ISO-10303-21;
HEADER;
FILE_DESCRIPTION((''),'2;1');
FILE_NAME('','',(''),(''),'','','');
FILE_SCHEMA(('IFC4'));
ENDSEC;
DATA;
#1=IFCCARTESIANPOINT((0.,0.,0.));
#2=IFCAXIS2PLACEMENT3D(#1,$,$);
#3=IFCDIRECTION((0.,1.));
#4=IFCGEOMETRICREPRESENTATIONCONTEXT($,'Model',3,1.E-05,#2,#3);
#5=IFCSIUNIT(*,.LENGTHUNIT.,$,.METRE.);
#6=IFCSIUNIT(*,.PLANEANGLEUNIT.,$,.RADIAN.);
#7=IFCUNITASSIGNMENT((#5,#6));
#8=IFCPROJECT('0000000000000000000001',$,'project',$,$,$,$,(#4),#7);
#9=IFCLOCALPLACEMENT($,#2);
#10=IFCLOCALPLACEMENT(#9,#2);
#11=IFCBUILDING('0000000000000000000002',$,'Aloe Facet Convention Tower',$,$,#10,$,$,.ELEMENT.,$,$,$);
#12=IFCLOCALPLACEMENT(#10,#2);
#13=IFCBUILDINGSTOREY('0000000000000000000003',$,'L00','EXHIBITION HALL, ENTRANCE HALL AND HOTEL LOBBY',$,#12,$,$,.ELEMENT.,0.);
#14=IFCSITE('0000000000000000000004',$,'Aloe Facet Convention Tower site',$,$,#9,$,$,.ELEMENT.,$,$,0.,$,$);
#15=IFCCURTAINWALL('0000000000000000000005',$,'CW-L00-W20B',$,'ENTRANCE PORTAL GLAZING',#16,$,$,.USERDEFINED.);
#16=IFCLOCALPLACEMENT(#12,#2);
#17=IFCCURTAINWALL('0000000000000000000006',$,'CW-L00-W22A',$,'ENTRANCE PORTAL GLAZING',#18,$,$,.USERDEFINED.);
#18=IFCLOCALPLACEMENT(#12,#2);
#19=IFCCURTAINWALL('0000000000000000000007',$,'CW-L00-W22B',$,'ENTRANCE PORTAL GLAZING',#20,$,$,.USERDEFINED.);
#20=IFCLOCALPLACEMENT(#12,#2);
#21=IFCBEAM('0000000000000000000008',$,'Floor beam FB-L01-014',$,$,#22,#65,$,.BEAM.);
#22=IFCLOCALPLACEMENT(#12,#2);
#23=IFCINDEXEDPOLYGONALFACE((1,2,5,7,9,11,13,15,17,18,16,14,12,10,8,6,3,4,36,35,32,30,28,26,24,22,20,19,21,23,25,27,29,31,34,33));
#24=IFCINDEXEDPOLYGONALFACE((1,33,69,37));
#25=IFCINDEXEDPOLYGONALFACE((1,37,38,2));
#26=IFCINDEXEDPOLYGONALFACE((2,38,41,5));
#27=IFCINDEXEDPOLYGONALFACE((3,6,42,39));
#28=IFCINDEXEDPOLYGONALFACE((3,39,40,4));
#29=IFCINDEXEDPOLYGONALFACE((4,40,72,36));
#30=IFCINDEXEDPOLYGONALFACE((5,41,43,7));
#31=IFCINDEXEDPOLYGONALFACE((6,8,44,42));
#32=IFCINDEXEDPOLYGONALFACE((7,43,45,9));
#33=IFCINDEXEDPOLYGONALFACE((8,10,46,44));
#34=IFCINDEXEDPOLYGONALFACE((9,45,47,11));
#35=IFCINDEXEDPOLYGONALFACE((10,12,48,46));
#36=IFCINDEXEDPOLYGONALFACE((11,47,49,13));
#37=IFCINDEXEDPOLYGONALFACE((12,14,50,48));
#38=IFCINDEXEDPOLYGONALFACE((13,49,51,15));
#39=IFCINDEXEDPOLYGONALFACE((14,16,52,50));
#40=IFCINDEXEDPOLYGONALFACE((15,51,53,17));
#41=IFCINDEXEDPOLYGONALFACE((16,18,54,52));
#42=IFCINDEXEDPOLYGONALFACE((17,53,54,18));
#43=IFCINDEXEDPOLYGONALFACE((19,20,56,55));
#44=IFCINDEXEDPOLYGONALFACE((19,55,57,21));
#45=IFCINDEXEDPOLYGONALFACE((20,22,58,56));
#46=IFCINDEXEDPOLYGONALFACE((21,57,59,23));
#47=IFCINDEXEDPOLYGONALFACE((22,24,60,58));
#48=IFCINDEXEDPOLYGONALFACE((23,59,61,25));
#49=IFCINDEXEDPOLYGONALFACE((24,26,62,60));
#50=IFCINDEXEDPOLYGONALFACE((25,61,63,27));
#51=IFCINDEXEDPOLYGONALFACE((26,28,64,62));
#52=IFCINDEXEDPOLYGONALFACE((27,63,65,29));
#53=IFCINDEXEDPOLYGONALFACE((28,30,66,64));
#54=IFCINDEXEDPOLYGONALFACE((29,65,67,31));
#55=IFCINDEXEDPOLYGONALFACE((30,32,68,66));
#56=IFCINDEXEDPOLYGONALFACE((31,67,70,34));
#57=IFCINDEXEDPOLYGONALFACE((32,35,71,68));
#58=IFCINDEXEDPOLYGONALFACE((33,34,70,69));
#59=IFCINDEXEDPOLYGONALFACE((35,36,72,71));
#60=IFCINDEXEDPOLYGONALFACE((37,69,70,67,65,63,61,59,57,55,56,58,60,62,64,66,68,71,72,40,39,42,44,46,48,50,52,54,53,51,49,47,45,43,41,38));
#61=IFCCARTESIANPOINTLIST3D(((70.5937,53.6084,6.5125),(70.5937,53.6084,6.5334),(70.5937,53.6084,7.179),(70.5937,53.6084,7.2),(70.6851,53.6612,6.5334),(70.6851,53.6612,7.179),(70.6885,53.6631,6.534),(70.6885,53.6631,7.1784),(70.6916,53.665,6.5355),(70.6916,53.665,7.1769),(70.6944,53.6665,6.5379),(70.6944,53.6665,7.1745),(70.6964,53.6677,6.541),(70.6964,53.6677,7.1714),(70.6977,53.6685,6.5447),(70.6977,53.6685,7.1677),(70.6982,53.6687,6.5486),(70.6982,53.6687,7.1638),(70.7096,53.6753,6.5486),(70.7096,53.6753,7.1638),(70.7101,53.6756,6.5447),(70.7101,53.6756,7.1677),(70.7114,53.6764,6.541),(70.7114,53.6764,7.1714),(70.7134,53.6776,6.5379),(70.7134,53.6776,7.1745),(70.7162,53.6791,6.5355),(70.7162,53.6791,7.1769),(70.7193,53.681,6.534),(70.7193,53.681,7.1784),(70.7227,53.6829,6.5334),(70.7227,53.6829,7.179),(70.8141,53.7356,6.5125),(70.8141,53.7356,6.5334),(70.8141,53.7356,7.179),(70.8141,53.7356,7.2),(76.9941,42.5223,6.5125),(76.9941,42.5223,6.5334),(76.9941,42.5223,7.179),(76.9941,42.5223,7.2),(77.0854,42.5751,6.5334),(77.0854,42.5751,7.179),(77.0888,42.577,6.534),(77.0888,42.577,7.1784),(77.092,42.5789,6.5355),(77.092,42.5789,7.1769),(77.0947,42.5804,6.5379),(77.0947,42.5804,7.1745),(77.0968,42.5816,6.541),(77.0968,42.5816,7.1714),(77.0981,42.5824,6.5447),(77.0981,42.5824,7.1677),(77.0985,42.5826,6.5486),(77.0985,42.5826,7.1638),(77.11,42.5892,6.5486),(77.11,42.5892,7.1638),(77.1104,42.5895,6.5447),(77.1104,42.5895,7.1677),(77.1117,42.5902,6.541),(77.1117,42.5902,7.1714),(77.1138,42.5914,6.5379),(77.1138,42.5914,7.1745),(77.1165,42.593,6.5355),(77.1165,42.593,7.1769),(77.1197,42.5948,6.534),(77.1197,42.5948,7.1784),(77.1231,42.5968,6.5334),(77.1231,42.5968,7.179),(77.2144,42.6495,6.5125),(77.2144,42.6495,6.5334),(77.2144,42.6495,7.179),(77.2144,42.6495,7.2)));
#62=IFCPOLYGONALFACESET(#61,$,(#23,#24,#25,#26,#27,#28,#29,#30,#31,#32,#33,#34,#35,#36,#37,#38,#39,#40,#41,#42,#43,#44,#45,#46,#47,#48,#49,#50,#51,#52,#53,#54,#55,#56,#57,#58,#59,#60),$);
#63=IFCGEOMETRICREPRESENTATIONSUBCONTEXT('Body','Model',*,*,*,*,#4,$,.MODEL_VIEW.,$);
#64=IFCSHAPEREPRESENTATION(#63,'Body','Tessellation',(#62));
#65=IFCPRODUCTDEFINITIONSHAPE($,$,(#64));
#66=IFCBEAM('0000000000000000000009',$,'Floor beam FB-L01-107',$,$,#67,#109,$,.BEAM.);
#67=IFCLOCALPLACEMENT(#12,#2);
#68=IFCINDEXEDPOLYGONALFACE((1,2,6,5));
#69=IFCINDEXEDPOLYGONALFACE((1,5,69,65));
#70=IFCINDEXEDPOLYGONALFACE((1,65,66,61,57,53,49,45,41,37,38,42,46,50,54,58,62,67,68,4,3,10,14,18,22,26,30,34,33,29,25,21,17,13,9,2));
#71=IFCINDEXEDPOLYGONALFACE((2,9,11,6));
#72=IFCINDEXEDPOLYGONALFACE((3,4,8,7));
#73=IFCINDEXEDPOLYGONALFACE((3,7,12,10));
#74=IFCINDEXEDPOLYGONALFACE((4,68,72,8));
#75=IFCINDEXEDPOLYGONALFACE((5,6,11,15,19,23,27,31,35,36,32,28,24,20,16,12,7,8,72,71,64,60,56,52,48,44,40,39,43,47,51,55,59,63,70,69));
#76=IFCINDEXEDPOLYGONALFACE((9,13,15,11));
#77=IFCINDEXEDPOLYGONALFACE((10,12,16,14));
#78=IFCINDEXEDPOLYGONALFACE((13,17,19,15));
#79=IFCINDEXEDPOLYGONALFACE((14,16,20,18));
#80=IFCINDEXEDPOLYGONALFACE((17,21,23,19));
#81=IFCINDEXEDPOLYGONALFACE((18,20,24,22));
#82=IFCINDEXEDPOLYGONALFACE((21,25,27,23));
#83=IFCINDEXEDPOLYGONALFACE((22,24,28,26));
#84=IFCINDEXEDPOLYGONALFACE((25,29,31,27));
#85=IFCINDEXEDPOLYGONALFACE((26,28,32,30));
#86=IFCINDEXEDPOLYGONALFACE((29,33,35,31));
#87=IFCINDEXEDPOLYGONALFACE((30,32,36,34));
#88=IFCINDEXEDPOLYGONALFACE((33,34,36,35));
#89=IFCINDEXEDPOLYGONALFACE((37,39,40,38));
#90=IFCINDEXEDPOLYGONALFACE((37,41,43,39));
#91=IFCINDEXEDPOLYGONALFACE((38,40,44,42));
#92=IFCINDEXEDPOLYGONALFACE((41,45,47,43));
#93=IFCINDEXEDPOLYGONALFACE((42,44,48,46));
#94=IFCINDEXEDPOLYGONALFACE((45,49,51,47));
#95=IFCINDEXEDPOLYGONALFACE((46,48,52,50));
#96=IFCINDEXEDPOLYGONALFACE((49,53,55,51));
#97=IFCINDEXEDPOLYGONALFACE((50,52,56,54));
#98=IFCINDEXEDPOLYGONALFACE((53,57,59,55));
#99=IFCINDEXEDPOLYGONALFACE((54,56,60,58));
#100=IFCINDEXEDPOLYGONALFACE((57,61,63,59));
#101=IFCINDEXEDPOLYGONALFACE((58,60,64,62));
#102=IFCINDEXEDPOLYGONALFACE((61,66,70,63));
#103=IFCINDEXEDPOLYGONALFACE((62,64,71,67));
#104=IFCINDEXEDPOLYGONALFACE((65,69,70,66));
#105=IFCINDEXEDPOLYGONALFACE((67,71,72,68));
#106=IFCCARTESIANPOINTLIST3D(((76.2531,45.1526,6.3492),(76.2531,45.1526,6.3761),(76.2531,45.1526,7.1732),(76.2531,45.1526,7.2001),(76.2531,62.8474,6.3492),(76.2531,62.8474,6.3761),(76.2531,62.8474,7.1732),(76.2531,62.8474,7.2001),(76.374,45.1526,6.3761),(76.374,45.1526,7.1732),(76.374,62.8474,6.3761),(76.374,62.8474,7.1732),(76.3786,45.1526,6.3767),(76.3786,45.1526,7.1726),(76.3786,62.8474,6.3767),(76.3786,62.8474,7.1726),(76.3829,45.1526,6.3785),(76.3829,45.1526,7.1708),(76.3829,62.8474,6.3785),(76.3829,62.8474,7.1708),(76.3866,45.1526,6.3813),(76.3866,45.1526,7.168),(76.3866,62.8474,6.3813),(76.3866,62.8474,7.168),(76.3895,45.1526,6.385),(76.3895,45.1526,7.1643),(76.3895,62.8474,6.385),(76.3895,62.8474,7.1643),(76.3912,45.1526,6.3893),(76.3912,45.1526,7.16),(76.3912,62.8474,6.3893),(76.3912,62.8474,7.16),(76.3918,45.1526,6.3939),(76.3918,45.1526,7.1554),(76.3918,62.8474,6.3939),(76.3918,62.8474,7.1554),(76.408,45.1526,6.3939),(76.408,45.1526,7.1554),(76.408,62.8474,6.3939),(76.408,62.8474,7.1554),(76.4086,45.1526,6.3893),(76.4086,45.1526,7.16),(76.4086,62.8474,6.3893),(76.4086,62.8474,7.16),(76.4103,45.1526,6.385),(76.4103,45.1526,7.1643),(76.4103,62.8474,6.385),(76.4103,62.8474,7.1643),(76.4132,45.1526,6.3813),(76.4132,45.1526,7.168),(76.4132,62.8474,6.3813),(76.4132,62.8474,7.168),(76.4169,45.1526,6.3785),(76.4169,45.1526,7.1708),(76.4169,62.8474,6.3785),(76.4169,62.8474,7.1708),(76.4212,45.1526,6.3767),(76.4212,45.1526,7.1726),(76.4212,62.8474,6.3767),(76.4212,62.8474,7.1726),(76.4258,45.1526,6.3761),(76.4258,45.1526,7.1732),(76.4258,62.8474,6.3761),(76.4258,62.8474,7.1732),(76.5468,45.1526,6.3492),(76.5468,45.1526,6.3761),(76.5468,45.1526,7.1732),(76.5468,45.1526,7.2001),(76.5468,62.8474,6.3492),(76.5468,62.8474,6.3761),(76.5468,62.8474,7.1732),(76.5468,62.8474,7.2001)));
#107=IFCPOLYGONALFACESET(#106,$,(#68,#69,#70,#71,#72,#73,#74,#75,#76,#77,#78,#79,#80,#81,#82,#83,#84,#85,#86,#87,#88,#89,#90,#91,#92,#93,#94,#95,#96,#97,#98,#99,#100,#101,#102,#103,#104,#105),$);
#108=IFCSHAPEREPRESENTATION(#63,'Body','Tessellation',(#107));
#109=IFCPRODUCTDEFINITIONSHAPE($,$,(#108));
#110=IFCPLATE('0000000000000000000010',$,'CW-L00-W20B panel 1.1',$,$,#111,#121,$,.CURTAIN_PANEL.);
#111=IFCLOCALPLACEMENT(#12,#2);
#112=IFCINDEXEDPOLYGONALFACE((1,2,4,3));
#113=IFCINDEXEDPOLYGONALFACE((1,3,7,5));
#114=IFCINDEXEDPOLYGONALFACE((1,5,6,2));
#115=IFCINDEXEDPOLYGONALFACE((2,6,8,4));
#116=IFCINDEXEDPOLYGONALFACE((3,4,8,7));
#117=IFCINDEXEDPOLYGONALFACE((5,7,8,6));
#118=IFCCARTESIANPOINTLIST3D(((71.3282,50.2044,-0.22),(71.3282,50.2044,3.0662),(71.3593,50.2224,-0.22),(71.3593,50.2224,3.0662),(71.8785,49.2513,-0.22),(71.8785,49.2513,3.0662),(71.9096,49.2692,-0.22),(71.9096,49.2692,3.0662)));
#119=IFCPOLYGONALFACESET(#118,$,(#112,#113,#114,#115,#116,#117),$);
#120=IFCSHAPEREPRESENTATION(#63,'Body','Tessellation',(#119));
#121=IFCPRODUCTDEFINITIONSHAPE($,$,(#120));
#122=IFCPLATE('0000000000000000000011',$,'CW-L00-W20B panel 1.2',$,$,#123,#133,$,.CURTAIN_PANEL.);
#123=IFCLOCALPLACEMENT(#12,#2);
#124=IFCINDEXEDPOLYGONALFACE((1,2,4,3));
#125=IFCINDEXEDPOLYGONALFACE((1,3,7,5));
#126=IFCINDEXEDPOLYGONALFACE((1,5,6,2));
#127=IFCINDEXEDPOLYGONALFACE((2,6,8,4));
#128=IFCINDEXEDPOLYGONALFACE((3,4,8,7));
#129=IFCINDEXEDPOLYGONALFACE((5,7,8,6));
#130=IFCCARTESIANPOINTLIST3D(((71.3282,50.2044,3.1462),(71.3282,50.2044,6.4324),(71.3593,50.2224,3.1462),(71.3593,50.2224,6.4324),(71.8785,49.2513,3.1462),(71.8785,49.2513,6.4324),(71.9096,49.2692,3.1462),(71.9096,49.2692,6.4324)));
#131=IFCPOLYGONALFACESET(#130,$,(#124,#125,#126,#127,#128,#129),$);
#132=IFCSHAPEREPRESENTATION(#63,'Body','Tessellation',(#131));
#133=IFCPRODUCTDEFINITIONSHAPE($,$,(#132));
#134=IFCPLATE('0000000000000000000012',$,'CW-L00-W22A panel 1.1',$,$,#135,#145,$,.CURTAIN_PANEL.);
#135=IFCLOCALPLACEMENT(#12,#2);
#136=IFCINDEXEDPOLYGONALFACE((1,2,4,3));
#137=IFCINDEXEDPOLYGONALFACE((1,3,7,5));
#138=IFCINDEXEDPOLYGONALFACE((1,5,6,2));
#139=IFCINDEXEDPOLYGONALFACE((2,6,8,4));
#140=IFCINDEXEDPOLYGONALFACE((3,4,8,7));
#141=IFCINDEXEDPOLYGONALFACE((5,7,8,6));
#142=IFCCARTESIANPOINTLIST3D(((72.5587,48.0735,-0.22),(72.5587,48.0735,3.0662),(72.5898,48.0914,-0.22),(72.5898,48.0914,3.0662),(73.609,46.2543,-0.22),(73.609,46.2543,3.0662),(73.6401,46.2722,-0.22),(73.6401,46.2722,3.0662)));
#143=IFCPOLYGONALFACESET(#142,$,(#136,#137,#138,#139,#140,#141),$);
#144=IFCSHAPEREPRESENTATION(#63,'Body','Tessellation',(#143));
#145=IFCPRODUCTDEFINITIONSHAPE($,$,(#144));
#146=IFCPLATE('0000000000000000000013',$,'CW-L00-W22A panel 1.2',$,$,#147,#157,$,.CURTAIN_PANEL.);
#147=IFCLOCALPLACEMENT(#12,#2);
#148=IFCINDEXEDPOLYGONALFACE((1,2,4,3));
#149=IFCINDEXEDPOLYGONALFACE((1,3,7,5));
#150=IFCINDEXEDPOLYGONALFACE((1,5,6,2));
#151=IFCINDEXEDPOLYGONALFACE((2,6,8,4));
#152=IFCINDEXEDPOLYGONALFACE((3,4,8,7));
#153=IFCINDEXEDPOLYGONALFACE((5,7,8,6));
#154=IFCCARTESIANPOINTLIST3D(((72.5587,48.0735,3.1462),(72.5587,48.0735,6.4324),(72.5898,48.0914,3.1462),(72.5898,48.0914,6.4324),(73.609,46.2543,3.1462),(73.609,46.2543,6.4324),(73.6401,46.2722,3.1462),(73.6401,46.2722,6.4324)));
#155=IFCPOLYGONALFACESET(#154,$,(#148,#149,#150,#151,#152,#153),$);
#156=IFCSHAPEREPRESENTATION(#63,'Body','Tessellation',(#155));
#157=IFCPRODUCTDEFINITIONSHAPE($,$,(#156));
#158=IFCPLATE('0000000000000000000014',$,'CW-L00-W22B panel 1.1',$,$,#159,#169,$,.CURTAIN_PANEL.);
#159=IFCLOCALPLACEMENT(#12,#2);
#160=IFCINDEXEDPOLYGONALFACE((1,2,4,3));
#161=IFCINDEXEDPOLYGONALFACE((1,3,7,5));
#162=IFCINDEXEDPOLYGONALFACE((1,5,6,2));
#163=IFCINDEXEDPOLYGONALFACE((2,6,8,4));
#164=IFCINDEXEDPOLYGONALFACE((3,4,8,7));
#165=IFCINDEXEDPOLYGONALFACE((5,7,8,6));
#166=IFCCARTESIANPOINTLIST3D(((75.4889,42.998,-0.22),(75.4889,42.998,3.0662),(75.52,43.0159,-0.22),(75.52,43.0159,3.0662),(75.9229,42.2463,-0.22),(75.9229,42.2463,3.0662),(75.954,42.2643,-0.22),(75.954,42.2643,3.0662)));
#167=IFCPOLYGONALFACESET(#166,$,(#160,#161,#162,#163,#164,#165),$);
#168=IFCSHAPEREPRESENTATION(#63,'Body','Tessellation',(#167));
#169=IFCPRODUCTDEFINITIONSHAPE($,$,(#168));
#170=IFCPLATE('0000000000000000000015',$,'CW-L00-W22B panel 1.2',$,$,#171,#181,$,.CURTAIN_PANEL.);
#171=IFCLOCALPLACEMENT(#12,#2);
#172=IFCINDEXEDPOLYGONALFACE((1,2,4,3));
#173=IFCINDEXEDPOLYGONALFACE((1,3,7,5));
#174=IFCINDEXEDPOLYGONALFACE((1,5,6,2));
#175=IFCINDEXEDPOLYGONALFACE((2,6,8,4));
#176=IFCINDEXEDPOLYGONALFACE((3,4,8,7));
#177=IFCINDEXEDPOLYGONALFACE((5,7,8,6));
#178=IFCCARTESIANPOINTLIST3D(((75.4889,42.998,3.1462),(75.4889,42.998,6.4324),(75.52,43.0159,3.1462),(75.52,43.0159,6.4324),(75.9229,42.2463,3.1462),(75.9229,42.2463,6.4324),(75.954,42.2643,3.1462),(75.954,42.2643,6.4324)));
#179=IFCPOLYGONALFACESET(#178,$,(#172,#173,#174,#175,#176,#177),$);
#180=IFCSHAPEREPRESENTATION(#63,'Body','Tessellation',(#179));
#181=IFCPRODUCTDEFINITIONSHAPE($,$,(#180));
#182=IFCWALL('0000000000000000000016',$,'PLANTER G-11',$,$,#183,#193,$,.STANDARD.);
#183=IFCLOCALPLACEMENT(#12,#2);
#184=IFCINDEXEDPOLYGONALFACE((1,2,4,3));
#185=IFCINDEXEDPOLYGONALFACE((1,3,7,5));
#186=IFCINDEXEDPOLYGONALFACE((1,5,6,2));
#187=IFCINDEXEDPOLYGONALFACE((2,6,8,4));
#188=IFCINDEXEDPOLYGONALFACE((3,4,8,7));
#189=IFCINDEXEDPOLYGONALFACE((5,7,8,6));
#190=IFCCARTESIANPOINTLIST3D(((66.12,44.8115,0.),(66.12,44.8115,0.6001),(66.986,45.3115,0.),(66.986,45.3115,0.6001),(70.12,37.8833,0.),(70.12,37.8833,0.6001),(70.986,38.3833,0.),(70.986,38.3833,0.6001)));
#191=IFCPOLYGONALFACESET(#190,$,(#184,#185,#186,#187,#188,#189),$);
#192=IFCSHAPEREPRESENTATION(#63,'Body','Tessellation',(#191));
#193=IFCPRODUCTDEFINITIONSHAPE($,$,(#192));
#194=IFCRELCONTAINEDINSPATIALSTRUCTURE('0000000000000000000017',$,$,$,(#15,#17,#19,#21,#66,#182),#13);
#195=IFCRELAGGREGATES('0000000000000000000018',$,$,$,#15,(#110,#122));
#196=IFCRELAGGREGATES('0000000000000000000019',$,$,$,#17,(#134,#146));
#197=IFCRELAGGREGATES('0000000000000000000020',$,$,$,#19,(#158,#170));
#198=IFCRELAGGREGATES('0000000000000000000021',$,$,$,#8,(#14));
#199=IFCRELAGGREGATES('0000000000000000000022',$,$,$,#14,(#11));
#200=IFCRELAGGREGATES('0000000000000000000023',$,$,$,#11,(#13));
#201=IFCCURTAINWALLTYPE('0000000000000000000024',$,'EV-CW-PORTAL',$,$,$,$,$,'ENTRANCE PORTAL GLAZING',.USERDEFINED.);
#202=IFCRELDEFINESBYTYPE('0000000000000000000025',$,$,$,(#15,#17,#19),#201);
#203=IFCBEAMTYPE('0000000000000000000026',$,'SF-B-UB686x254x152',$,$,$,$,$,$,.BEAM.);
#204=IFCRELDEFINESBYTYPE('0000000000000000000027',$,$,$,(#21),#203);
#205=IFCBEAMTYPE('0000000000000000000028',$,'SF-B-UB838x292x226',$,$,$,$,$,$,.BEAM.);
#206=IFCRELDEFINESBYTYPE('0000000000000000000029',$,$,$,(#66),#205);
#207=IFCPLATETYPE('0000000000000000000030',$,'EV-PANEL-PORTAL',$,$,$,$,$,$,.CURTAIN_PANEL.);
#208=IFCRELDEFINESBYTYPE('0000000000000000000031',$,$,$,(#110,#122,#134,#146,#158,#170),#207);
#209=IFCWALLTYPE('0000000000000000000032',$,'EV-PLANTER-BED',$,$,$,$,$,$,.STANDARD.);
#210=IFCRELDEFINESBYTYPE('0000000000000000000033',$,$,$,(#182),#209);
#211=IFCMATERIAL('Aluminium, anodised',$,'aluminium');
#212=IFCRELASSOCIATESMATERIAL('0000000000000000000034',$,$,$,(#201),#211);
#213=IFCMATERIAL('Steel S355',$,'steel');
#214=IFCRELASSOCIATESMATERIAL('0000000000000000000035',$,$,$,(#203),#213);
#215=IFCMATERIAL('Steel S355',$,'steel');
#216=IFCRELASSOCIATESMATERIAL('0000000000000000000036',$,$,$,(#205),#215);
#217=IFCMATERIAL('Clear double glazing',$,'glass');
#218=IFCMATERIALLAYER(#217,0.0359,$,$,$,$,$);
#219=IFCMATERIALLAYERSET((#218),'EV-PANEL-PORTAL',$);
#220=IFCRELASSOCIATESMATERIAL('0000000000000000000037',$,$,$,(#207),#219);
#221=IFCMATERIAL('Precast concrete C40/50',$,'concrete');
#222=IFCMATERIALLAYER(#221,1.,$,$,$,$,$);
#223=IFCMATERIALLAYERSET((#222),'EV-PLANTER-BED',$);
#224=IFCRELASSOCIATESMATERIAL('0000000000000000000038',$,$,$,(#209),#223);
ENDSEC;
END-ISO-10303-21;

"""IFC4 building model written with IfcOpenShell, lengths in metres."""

from ifc_helpers import new_model, si_unit, direction, frame, frame_2d, origin, origin_2d, place, context, subcontext, project, spatial, rectangle, i_section, extrude, material, layer, layer_set, material_profile, profile_set, type_object, element, aggregate, save


model = new_model("IFC4")

# Units and contexts
model_context = context("Model", 3, precision=1e-05, world=origin(), true_north=direction((0.0, 1.0)))
body_context = subcontext(model_context, "Body", "Model", "MODEL_VIEW")
ifc_project = project(units=[si_unit("LENGTHUNIT", "METRE"), si_unit("PLANEANGLEUNIT", "RADIAN")], contexts=[model_context])

# Site, building, storey
site_placement = place(None, origin())
site = spatial("IfcSite", under=ifc_project, at=site_placement, Name="Aloe Facet Convention Tower site", CompositionType="ELEMENT", RefElevation=0.0)
building_placement = place(site_placement, origin())
building = spatial("IfcBuilding", under=site, at=building_placement, Name="Aloe Facet Convention Tower", CompositionType="ELEMENT")
storey_placement = place(building_placement, origin())
storey = spatial("IfcBuildingStorey", under=building, at=storey_placement, Name="L00", Description="EXHIBITION HALL, ENTRANCE HALL AND HOTEL LOBBY", CompositionType="ELEMENT", Elevation=0.0)

# Curtain wall
ifc_material_1 = material(Name="Aluminium, anodised", Category="aluminium")
curtain_wall_type = type_object("IfcCurtainWallType", Name="EV-CW-PORTAL", ElementType="ENTRANCE PORTAL GLAZING", PredefinedType="USERDEFINED", material=ifc_material_1)
curtain_wall_1_placement = place(storey_placement, origin())
curtain_wall_1 = element("IfcCurtainWall", 1, at=curtain_wall_1_placement, inside=storey, type_object=curtain_wall_type, Name="CW-L00-W20B", ObjectType="ENTRANCE PORTAL GLAZING", PredefinedType="USERDEFINED")

# Curtain walls
curtain_wall_2_placement = place(storey_placement, origin())
curtain_wall_2 = element("IfcCurtainWall", 2, at=curtain_wall_2_placement, inside=storey, type_object=curtain_wall_type, Name="CW-L00-W22A", ObjectType="ENTRANCE PORTAL GLAZING", PredefinedType="USERDEFINED")
curtain_wall_3_placement = place(storey_placement, origin())
curtain_wall_3 = element("IfcCurtainWall", 3, at=curtain_wall_3_placement, inside=storey, type_object=curtain_wall_type, Name="CW-L00-W22B", ObjectType="ENTRANCE PORTAL GLAZING", PredefinedType="USERDEFINED")

# Beams
ifc_material_2 = material(Name="Steel S355", Category="steel")
ifc_material_profile_1 = material_profile(ifc_material_2, i_section(OverallWidth=0.2544, OverallDepth=0.6875, WebThickness=0.0132, FlangeThickness=0.021, FilletRadius=0.0151, at=origin_2d()), Name="UB 686x254x152")
ifc_profile_set_1 = profile_set([ifc_material_profile_1], Name="Steel S355")
beam_type_1 = type_object("IfcBeamType", Name="SF-B-UB686x254x152", PredefinedType="BEAM", material=ifc_profile_set_1)
beam_1_placement = place(storey_placement, frame((77.1042, 42.5859, 6.8562), z_axis=(-0.499987, 0.866033, 0.0), x_axis=(-0.866033, -0.499987, 0.0)))
element("IfcBeam", 4, at=beam_1_placement, inside=storey, type_object=beam_type_1, Name="Floor beam FB-L01-014", PredefinedType="BEAM", context=body_context, shape_type="SweptSolid", body=[
    extrude(i_section(OverallWidth=0.2544, OverallDepth=0.6875, WebThickness=0.0132, FlangeThickness=0.021, FilletRadius=0.0151, at=origin_2d()), origin(), (0.0, 0.0, 1.0), 12.801),
])
ifc_material_3 = material(Name="Steel S355", Category="steel")
ifc_material_profile_2 = material_profile(ifc_material_3, i_section(OverallWidth=0.2937, OverallDepth=0.8508, WebThickness=0.0161, FlangeThickness=0.0269, FilletRadius=0.0178, at=origin_2d()), Name="UB 838x292x226")
ifc_profile_set_2 = profile_set([ifc_material_profile_2], Name="Steel S355")
beam_type_2 = type_object("IfcBeamType", Name="SF-B-UB838x292x226", PredefinedType="BEAM", material=ifc_profile_set_2)
beam_2_placement = place(storey_placement, frame((76.3999, 45.1526, 6.7747), z_axis=(0.0, 1.0, 0.0), x_axis=(-1.0, 0.0, 0.0)))
element("IfcBeam", 5, at=beam_2_placement, inside=storey, type_object=beam_type_2, Name="Floor beam FB-L01-107", PredefinedType="BEAM", context=body_context, shape_type="SweptSolid", body=[
    extrude(i_section(OverallWidth=0.2937, OverallDepth=0.8508, WebThickness=0.0161, FlangeThickness=0.0269, FilletRadius=0.0178, at=origin_2d()), origin(), (0.0, 0.0, 1.0), 17.6948),
])

# Plates
ifc_material_4 = material(Name="Clear double glazing", Category="glass")
ifc_layer_1 = layer(ifc_material_4, 0.0359)
ifc_layer_set_1 = layer_set([ifc_layer_1], Name="EV-PANEL-PORTAL")
plate_type = type_object("IfcPlateType", Name="EV-PANEL-PORTAL", PredefinedType="CURTAIN_PANEL", material=ifc_layer_set_1)
plate_1_placement = place(storey_placement, frame((71.6189, 49.7368, -0.22), z_axis=(0.0, 0.0, 1.0), x_axis=(0.5, -0.866025, 0.0)))
plate_1 = element("IfcPlate", 6, at=plate_1_placement, type_object=plate_type, Name="CW-L00-W20B panel 1.1", PredefinedType="CURTAIN_PANEL", context=body_context, shape_type="SweptSolid", body=[
    extrude(rectangle(XDim=1.1006, YDim=0.0359, at=origin_2d()), origin(), (0.0, 0.0, 1.0), 3.2861),
])
plate_2_placement = place(storey_placement, frame((71.6189, 49.7368, 3.1462), z_axis=(0.0, 0.0, 1.0), x_axis=(0.5, -0.866025, 0.0)))
plate_2 = element("IfcPlate", 7, at=plate_2_placement, type_object=plate_type, Name="CW-L00-W20B panel 1.2", PredefinedType="CURTAIN_PANEL", context=body_context, shape_type="SweptSolid", body=[
    extrude(rectangle(XDim=1.1006, YDim=0.0359, at=origin_2d()), origin(), (0.0, 0.0, 1.0), 3.2861),
])
aggregate(curtain_wall_1, [plate_1, plate_2])
plate_3_placement = place(storey_placement, frame((73.0994, 47.1729, -0.22), z_axis=(0.0, 0.0, 1.0), x_axis=(0.5, -0.866025, 0.0)))
plate_3 = element("IfcPlate", 8, at=plate_3_placement, type_object=plate_type, Name="CW-L00-W22A panel 1.1", PredefinedType="CURTAIN_PANEL", context=body_context, shape_type="SweptSolid", body=[
    extrude(rectangle(XDim=2.1006, YDim=0.0359, at=origin_2d()), origin(), (0.0, 0.0, 1.0), 3.2861),
])
plate_4_placement = place(storey_placement, frame((73.0994, 47.1729, 3.1462), z_axis=(0.0, 0.0, 1.0), x_axis=(0.5, -0.866025, 0.0)))
plate_4 = element("IfcPlate", 9, at=plate_4_placement, type_object=plate_type, Name="CW-L00-W22A panel 1.2", PredefinedType="CURTAIN_PANEL", context=body_context, shape_type="SweptSolid", body=[
    extrude(rectangle(XDim=2.1006, YDim=0.0359, at=origin_2d()), origin(), (0.0, 0.0, 1.0), 3.2861),
])
aggregate(curtain_wall_2, [plate_3, plate_4])
plate_5_placement = place(storey_placement, frame((75.7214, 42.6311, -0.22), z_axis=(0.0, 0.0, 1.0), x_axis=(0.5, -0.866025, 0.0)))
plate_5 = element("IfcPlate", 10, at=plate_5_placement, type_object=plate_type, Name="CW-L00-W22B panel 1.1", PredefinedType="CURTAIN_PANEL", context=body_context, shape_type="SweptSolid", body=[
    extrude(rectangle(XDim=0.8679, YDim=0.0359, at=origin_2d()), origin(), (0.0, 0.0, 1.0), 3.2861),
])
plate_6_placement = place(storey_placement, frame((75.7214, 42.6311, 3.1462), z_axis=(0.0, 0.0, 1.0), x_axis=(0.5, -0.866025, 0.0)))
plate_6 = element("IfcPlate", 11, at=plate_6_placement, type_object=plate_type, Name="CW-L00-W22B panel 1.2", PredefinedType="CURTAIN_PANEL", context=body_context, shape_type="SweptSolid", body=[
    extrude(rectangle(XDim=0.8679, YDim=0.0359, at=origin_2d()), origin(), (0.0, 0.0, 1.0), 3.2861),
])
aggregate(curtain_wall_3, [plate_5, plate_6])

# Wall
ifc_material_5 = material(Name="Precast concrete C40/50", Category="concrete")
ifc_layer_2 = layer(ifc_material_5, 1.0)
ifc_layer_set_2 = layer_set([ifc_layer_2], Name="EV-PLANTER-BED")
wall_type_1 = type_object("IfcWallType", Name="EV-PLANTER-BED", PredefinedType="STANDARD", material=ifc_layer_set_2)
wall_1_placement = place(storey_placement, frame((70.553, 38.1333, 0.0), z_axis=(0.0, 0.0, 1.0), x_axis=(-0.499999, 0.866026, 0.0)))
element("IfcWall", 12, at=wall_1_placement, inside=storey, type_object=wall_type_1, Name="PLANTER G-11", PredefinedType="STANDARD", context=body_context, shape_type="SweptSolid", body=[
    extrude(rectangle(XDim=8.0, YDim=1.0, at=frame_2d((4.0, 0.0))), origin(), (0.0, 0.0, 1.0), 0.6001),
])

save(model, "model.ifc")
